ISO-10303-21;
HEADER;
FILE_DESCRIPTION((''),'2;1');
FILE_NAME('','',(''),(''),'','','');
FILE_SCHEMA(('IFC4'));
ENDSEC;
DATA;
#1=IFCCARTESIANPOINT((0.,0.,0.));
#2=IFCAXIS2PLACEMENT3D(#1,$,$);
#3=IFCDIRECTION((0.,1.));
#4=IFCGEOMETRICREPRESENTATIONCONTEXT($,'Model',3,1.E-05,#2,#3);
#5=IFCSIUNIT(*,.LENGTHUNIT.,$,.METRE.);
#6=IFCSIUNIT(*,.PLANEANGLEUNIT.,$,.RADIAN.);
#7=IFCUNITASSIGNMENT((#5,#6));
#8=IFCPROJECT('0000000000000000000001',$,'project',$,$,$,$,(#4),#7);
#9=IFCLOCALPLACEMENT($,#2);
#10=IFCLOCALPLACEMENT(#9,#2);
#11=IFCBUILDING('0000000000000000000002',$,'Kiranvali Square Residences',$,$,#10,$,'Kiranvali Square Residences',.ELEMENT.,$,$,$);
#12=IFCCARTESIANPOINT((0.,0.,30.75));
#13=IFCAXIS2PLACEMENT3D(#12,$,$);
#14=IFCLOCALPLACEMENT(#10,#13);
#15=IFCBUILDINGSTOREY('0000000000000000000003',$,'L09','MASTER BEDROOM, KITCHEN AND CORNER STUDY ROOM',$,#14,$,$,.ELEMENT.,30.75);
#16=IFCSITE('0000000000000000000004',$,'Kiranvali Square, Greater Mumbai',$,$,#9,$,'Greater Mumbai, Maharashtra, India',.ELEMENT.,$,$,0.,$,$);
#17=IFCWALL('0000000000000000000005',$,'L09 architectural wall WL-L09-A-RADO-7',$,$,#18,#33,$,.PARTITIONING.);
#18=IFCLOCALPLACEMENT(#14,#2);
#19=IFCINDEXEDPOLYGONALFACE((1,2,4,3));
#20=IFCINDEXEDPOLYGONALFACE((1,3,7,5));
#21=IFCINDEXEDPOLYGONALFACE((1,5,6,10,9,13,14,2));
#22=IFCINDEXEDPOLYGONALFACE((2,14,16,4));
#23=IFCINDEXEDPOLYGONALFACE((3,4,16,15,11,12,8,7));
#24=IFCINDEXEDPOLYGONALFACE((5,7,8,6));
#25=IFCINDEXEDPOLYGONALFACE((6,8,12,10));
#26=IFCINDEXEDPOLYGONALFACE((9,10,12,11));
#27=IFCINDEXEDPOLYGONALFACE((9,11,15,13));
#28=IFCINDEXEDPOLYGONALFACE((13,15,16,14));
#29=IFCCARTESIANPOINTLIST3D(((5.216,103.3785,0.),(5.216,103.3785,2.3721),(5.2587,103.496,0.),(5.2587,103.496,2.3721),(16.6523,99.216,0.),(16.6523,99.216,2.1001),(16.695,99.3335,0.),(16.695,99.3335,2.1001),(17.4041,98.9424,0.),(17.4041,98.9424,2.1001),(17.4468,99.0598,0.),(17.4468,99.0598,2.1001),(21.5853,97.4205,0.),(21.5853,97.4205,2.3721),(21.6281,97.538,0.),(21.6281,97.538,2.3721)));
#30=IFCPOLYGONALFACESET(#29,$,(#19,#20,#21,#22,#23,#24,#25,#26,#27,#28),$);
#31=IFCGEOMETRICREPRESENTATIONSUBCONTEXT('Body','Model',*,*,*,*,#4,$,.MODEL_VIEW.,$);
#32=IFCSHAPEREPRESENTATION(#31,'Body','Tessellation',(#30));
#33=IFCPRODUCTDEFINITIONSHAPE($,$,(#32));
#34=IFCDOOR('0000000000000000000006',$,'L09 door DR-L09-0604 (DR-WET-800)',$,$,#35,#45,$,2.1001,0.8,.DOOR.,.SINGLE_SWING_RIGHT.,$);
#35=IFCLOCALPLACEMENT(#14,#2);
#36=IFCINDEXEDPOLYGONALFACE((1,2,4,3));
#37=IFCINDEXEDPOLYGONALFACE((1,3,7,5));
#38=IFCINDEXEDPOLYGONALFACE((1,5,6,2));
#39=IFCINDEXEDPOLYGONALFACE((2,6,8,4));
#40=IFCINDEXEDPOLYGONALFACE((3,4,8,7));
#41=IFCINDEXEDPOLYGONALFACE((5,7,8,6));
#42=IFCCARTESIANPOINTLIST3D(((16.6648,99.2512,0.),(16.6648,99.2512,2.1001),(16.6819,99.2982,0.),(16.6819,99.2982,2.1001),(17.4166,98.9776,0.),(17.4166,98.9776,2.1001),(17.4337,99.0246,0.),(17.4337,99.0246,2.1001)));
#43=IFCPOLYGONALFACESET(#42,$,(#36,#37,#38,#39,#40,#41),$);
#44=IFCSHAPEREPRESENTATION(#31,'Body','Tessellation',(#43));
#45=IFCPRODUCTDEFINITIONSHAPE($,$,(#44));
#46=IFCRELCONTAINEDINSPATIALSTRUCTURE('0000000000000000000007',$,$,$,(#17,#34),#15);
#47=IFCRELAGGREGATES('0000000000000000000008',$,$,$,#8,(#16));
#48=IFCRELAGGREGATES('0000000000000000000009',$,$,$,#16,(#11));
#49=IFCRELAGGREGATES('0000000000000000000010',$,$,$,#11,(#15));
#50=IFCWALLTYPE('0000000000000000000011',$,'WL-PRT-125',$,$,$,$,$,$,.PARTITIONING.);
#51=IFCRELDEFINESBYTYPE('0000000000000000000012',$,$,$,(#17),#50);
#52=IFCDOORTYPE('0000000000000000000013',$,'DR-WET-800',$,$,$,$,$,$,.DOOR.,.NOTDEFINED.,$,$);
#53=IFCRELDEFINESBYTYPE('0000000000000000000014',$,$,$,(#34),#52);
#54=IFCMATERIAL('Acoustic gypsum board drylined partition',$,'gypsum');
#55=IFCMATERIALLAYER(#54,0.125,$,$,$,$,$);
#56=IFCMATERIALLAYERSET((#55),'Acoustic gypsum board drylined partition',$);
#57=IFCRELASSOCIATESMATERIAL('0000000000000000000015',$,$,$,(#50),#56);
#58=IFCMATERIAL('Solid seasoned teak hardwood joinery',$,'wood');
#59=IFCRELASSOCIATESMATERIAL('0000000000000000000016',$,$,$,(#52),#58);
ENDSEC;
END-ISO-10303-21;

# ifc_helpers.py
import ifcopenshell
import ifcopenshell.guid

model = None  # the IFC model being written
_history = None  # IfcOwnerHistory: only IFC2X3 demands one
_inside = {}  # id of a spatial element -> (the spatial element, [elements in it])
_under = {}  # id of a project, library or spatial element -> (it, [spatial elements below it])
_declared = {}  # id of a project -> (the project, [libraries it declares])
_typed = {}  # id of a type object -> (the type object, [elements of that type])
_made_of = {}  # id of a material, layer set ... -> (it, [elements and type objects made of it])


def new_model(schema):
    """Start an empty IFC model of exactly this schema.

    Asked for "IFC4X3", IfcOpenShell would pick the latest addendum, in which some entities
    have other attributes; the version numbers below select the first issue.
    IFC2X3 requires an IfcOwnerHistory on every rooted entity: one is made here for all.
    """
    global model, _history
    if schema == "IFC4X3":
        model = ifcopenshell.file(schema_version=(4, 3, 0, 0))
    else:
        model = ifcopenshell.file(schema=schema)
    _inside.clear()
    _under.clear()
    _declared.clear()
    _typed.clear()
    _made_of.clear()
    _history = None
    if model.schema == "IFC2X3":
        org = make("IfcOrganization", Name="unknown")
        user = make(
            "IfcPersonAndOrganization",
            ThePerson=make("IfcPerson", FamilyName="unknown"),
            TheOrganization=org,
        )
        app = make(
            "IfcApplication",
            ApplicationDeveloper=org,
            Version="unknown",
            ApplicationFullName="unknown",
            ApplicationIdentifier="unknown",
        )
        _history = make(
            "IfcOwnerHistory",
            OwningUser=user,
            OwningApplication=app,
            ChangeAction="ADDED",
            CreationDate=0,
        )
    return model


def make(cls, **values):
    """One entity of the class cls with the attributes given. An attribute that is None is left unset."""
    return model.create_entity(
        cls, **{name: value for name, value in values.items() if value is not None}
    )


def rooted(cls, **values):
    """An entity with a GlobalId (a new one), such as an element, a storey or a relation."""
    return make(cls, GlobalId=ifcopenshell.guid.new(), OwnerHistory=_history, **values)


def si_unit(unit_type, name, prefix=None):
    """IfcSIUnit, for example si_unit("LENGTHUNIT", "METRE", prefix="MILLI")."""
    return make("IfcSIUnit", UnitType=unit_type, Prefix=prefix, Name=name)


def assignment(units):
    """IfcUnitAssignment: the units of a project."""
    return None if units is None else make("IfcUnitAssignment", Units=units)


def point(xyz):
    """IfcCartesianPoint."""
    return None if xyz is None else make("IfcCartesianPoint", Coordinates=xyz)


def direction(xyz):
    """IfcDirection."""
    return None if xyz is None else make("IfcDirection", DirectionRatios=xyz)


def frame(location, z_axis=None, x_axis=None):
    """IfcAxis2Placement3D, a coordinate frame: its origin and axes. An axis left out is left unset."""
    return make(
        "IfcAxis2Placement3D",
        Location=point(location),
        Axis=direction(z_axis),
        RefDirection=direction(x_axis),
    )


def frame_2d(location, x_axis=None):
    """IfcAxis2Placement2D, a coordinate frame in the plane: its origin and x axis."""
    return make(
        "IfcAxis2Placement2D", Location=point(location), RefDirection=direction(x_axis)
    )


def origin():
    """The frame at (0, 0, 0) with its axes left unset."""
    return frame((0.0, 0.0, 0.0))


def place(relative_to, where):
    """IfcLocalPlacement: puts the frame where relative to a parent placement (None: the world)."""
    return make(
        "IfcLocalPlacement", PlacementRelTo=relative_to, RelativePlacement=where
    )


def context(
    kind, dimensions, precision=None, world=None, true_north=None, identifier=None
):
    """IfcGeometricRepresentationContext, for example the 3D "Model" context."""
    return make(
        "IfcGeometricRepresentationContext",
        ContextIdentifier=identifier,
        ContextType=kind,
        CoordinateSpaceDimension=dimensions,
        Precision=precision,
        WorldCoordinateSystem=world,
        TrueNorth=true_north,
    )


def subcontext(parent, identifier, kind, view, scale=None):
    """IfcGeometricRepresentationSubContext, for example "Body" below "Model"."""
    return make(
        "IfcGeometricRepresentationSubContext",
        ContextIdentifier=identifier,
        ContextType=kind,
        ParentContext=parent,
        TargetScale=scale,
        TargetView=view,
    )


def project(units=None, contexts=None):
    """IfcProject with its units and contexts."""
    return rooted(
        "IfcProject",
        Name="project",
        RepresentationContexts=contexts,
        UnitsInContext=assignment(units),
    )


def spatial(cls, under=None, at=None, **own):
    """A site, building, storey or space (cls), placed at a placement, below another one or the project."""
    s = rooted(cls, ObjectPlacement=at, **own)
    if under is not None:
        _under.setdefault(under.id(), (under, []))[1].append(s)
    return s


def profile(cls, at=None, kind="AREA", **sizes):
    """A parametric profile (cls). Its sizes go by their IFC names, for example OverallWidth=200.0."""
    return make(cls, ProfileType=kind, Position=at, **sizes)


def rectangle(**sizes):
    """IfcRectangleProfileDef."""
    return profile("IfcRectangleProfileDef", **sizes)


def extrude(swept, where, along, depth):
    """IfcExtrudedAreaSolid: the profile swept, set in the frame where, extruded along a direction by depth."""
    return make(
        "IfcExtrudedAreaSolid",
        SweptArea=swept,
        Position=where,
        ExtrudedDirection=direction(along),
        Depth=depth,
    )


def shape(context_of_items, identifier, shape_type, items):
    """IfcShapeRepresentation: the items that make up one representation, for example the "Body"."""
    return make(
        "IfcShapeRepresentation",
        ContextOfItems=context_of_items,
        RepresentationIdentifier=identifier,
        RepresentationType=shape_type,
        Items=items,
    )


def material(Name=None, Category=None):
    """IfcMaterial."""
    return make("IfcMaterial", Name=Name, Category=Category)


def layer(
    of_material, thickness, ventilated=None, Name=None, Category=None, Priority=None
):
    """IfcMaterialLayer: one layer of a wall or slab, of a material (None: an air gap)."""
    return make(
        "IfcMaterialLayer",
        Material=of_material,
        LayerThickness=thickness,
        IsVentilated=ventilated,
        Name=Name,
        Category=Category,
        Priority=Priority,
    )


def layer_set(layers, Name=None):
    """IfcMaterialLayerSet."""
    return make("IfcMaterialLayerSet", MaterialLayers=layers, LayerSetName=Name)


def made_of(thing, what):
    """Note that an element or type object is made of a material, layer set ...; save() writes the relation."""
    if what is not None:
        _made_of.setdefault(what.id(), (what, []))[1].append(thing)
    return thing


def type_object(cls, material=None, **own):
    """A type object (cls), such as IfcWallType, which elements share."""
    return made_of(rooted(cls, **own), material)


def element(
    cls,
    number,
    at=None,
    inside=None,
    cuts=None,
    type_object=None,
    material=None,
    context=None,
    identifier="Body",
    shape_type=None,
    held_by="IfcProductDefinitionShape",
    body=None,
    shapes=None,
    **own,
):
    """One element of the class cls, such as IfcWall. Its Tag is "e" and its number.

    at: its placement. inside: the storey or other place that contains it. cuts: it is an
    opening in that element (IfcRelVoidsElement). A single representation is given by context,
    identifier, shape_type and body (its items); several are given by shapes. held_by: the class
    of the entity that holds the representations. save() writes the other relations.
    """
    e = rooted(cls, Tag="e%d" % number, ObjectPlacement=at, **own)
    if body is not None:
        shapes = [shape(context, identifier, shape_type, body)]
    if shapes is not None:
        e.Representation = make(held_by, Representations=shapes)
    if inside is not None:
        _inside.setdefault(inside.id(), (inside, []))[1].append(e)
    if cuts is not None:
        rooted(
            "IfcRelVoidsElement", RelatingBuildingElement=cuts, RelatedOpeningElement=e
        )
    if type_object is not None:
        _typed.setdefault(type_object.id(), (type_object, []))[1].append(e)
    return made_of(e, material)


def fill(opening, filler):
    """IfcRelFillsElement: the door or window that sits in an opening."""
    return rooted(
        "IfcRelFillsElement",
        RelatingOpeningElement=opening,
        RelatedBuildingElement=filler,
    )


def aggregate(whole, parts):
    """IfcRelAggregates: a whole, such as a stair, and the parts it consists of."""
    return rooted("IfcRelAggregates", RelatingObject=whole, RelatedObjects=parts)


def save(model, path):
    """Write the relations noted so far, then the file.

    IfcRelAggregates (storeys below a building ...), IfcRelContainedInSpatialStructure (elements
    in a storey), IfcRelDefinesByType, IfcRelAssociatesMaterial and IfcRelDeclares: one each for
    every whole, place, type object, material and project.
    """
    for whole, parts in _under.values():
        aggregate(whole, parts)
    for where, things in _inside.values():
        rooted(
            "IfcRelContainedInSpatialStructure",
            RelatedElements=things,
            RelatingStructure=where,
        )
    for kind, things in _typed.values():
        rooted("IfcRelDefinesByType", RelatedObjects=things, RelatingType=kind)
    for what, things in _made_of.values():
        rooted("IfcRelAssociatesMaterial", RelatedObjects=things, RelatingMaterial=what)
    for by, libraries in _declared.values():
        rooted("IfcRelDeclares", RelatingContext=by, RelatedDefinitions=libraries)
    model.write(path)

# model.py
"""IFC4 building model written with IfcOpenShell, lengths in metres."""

from ifc_helpers import new_model, si_unit, direction, frame, frame_2d, origin, place, context, subcontext, project, spatial, rectangle, extrude, material, layer, layer_set, type_object, element, fill, save


model = new_model("IFC4")

# Units and contexts
model_context = context("Model", 3, precision=1e-05, world=origin(), true_north=direction((0.0, 1.0)))
body_context = subcontext(model_context, "Body", "Model", "MODEL_VIEW")
ifc_project = project(units=[si_unit("LENGTHUNIT", "METRE"), si_unit("PLANEANGLEUNIT", "RADIAN")], contexts=[model_context])

# Site, building, storey
site_placement = place(None, origin())
site = spatial("IfcSite", under=ifc_project, at=site_placement, Name="Kiranvali Square, Greater Mumbai", LongName="Greater Mumbai, Maharashtra, India", CompositionType="ELEMENT", RefElevation=0.0)
building_placement = place(site_placement, origin())
building = spatial("IfcBuilding", under=site, at=building_placement, Name="Kiranvali Square Residences", LongName="Kiranvali Square Residences", CompositionType="ELEMENT")
storey_placement = place(building_placement, frame((0.0, 0.0, 30.75)))
storey = spatial("IfcBuildingStorey", under=building, at=storey_placement, Name="L09", Description="MASTER BEDROOM, KITCHEN AND CORNER STUDY ROOM", CompositionType="ELEMENT", Elevation=30.75)

# Wall, opening, door
ifc_material_1 = material(Name="Acoustic gypsum board drylined partition", Category="gypsum")
ifc_layer_1 = layer(ifc_material_1, 0.125)
ifc_layer_set_1 = layer_set([ifc_layer_1], Name="Acoustic gypsum board drylined partition")
wall_type_1 = type_object("IfcWallType", Name="WL-PRT-125", PredefinedType="PARTITIONING", material=ifc_layer_set_1)
wall_1_placement = place(storey_placement, frame((21.6067, 97.4792, 0.0), z_axis=(0.0, 0.0, 1.0), x_axis=(-0.939692, 0.342022, 0.0)))
wall_1 = element("IfcWall", 1, at=wall_1_placement, inside=storey, type_object=wall_type_1, Name="L09 architectural wall WL-L09-A-RADO-7", PredefinedType="PARTITIONING", context=body_context, shape_type="SweptSolid", body=[
    extrude(rectangle(XDim=17.4199, YDim=0.125, at=frame_2d((8.71, 0.0))), origin(), (0.0, 0.0, 1.0), 2.3721),
])
opening_1_placement = place(wall_1_placement, frame((4.4497, 0.0, 0.0)))
opening_1 = element("IfcOpeningElement", 2, at=opening_1_placement, cuts=wall_1, PredefinedType="OPENING", context=body_context, shape_type="SweptSolid", body=[
    extrude(rectangle(XDim=0.8, YDim=2.1001, at=frame_2d((0.3999, 1.05))), frame((0.0, 0.0725, 0.0), z_axis=(0.0, -1.0, 0.0), x_axis=(1.0, 0.0, 0.0)), (0.0, 0.0, 1.0), 0.145),
])
ifc_material_2 = material(Name="Solid seasoned teak hardwood joinery", Category="wood")
door_type_1 = type_object("IfcDoorType", Name="DR-WET-800", OperationType="NOTDEFINED", PredefinedType="DOOR", material=ifc_material_2)
door_1_placement = place(opening_1_placement, frame((0.8, 0.0, 0.0), z_axis=(0.0, 0.0, 1.0), x_axis=(-1.0, 0.0, 0.0)))
door_1 = element("IfcDoor", 3, at=door_1_placement, inside=storey, type_object=door_type_1, Name="L09 door DR-L09-0604 (DR-WET-800)", OperationType="SINGLE_SWING_RIGHT", OverallHeight=2.1001, OverallWidth=0.8, PredefinedType="DOOR", context=body_context, shape_type="SweptSolid", body=[
    extrude(rectangle(XDim=0.8, YDim=2.1001, at=frame_2d((0.3999, 1.05))), frame((0.0, 0.0249, 0.0), z_axis=(0.0, -1.0, 0.0), x_axis=(1.0, 0.0, 0.0)), (0.0, 0.0, 1.0), 0.05),
])
fill(opening_1, door_1)

save(model, "model.ifc")
